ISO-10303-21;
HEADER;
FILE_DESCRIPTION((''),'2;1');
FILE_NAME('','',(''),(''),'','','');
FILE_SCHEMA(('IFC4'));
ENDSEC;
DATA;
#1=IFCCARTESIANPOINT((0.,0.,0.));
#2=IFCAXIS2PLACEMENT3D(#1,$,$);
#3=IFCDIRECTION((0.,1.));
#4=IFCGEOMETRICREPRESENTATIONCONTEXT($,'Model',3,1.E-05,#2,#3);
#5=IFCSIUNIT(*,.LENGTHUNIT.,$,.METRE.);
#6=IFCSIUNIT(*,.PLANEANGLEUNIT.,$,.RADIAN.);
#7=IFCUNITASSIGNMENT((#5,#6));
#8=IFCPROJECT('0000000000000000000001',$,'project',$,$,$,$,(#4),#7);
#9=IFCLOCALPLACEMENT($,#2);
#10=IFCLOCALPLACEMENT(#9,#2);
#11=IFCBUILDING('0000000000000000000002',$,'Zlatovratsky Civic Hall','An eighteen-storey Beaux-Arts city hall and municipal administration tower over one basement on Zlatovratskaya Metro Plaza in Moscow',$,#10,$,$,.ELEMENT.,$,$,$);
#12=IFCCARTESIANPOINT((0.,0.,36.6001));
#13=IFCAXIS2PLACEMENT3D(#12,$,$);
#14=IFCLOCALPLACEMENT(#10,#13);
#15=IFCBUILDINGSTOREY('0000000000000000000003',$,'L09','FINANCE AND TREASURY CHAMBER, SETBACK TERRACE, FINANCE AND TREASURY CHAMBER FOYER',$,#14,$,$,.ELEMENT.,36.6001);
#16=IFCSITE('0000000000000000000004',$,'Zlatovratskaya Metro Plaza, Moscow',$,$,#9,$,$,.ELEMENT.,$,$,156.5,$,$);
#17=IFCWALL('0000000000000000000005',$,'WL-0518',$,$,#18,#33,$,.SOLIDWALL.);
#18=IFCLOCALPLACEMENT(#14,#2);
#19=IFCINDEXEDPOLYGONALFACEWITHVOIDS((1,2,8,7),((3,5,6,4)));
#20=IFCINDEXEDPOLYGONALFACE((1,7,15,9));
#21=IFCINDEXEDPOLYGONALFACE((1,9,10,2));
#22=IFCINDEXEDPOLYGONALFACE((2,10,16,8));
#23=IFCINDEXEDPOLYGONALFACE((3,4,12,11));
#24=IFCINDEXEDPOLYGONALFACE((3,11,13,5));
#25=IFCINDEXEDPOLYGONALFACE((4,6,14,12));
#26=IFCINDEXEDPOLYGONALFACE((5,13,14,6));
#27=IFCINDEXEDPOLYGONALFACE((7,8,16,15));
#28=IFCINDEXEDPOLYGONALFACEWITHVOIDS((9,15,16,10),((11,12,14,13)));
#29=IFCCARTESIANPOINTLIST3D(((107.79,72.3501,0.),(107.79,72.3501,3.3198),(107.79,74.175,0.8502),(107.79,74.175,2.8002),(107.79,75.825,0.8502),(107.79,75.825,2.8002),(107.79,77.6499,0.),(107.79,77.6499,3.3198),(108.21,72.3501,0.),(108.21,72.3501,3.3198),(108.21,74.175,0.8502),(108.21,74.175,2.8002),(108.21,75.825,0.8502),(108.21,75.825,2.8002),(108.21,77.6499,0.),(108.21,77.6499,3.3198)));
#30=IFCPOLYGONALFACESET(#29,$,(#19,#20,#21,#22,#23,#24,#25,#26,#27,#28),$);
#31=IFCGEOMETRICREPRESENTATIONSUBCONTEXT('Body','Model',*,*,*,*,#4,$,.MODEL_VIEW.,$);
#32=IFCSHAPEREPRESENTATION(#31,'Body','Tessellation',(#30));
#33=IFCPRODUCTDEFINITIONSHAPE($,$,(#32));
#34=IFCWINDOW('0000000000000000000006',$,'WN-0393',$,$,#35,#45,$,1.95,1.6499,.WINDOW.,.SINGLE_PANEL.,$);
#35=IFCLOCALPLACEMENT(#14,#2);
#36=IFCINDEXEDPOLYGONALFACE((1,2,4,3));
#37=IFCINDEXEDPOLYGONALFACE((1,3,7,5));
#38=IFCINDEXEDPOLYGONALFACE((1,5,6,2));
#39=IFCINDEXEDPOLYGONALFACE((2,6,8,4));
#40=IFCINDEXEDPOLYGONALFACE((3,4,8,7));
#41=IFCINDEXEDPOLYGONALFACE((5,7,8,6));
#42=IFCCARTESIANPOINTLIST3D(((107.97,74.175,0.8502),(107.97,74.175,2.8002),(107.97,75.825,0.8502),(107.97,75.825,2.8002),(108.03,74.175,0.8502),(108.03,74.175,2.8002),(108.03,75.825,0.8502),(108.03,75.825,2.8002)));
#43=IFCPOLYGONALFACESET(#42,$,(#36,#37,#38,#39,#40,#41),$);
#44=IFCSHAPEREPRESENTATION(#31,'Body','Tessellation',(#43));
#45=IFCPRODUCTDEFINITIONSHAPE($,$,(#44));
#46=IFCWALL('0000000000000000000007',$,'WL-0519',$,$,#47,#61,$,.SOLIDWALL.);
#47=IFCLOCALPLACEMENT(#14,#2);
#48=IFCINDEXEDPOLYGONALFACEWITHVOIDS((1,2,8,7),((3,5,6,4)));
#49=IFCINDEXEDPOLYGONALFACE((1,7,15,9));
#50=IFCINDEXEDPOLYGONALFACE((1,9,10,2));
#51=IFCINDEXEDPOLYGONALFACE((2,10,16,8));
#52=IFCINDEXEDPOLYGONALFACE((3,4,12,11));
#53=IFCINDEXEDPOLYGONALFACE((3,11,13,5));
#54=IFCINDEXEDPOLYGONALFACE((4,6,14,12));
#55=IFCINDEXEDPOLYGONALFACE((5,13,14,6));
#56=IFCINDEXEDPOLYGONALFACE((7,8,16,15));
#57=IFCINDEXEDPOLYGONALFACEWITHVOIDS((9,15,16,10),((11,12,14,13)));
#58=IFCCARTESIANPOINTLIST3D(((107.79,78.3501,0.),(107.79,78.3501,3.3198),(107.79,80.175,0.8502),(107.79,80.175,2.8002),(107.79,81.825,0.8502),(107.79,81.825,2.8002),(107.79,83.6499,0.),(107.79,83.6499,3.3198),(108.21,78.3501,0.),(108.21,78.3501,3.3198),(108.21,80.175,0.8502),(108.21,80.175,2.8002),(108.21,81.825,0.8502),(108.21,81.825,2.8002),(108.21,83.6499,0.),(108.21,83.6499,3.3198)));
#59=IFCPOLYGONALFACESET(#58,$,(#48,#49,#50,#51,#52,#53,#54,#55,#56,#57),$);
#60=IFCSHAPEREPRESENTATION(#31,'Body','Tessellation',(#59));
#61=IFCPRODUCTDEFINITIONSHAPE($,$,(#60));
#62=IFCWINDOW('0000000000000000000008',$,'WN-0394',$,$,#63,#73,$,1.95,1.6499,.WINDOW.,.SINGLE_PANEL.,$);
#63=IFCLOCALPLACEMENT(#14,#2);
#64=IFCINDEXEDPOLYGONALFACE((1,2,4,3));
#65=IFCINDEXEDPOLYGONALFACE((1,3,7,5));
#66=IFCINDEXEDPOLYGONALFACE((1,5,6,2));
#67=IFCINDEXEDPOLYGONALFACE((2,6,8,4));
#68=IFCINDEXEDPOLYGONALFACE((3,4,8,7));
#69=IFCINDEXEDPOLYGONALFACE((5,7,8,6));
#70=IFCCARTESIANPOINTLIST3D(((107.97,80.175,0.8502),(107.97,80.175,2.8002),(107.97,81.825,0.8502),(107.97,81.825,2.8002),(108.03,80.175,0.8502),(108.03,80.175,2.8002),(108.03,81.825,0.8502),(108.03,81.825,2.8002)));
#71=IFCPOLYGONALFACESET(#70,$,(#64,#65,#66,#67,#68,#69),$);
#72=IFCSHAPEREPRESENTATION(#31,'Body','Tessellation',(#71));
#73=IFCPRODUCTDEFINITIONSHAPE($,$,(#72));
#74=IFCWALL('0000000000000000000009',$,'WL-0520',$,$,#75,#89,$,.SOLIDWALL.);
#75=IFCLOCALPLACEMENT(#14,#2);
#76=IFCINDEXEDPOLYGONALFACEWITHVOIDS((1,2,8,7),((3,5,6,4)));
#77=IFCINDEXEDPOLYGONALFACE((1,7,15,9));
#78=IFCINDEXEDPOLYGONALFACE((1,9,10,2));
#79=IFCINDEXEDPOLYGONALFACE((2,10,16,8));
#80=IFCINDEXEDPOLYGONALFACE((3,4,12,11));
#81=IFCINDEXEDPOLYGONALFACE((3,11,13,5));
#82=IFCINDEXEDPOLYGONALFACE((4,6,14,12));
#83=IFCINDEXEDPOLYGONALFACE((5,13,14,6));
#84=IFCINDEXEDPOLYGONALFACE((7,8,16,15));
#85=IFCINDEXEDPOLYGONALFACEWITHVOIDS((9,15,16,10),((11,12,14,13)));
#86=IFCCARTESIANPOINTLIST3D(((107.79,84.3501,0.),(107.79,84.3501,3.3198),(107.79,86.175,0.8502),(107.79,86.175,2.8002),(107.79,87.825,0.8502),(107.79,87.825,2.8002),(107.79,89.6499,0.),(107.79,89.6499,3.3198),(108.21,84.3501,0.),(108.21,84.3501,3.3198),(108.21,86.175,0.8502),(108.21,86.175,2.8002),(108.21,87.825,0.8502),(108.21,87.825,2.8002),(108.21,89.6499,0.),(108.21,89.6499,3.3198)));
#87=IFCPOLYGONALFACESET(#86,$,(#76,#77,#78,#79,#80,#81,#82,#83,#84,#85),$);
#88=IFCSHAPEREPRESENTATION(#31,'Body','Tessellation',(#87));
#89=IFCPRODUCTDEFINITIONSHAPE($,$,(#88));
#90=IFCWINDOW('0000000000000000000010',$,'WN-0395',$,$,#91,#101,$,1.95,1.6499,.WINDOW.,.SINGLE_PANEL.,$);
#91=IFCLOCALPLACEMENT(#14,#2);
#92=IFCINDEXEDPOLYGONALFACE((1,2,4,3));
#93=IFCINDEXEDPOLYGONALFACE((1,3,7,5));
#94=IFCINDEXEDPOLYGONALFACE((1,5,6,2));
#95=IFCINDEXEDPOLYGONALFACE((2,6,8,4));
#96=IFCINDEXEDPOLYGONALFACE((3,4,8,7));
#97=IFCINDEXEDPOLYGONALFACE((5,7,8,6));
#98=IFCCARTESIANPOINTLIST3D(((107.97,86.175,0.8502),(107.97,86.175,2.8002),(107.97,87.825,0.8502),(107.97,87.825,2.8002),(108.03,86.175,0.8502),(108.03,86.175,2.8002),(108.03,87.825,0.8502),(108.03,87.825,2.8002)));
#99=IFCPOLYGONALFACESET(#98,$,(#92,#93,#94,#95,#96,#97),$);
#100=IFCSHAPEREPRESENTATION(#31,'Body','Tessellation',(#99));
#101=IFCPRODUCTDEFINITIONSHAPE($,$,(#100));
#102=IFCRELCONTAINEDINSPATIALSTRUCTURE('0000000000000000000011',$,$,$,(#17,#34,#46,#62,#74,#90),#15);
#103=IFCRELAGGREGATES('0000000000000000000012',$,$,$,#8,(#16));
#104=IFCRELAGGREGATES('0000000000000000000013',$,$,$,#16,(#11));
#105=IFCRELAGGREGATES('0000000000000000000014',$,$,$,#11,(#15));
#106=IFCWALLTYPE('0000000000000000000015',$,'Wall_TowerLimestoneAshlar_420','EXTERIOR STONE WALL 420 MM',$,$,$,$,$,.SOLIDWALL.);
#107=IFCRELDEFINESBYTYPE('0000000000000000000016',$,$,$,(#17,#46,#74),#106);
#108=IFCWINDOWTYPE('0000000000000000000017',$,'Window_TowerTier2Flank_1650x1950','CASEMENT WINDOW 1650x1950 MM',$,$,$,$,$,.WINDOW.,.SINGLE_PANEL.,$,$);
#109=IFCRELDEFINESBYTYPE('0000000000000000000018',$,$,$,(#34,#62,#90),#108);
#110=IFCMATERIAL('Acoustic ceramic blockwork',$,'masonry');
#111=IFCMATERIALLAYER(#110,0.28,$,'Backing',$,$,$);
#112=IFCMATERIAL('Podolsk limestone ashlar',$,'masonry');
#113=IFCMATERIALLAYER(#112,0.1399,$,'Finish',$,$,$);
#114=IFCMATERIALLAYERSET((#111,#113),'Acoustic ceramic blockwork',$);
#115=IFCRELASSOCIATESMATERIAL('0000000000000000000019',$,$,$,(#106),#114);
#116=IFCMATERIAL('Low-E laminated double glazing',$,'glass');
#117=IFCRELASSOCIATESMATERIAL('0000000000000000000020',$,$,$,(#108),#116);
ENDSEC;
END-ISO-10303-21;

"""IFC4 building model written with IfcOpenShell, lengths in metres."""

from ifc_helpers import new_model, si_unit, direction, frame, frame_2d, origin, place, context, subcontext, project, spatial, rectangle, extrude, material, layer, layer_set, type_object, element, fill, save


model = new_model("IFC4")

# Units and contexts
model_context = context("Model", 3, precision=1e-05, world=origin(), true_north=direction((0.0, 1.0)))
body_context = subcontext(model_context, "Body", "Model", "MODEL_VIEW")
ifc_project = project(units=[si_unit("LENGTHUNIT", "METRE"), si_unit("PLANEANGLEUNIT", "RADIAN")], contexts=[model_context])

# Site, building, storey
site_placement = place(None, origin())
site = spatial("IfcSite", under=ifc_project, at=site_placement, Name="Zlatovratskaya Metro Plaza, Moscow", CompositionType="ELEMENT", RefElevation=156.5)
building_placement = place(site_placement, origin())
building = spatial("IfcBuilding", under=site, at=building_placement, Name="Zlatovratsky Civic Hall", Description="An eighteen-storey Beaux-Arts city hall and municipal administration tower over one basement on Zlatovratskaya Metro Plaza in Moscow", CompositionType="ELEMENT")
storey_placement = place(building_placement, frame((0.0, 0.0, 36.6001)))
storey = spatial("IfcBuildingStorey", under=building, at=storey_placement, Name="L09", Description="FINANCE AND TREASURY CHAMBER, SETBACK TERRACE, FINANCE AND TREASURY CHAMBER FOYER", CompositionType="ELEMENT", Elevation=36.6001)

# Walls, openings, windows
ifc_material_1 = material(Name="Acoustic ceramic blockwork", Category="masonry")
ifc_layer_1 = layer(ifc_material_1, 0.28, Name="Backing")
ifc_material_2 = material(Name="Podolsk limestone ashlar", Category="masonry")
ifc_layer_2 = layer(ifc_material_2, 0.1399, Name="Finish")
ifc_layer_set_1 = layer_set([ifc_layer_1, ifc_layer_2], Name="Acoustic ceramic blockwork")
wall_type_1 = type_object("IfcWallType", Name="Wall_TowerLimestoneAshlar_420", Description="EXTERIOR STONE WALL 420 MM", PredefinedType="SOLIDWALL", material=ifc_layer_set_1)
ifc_material_3 = material(Name="Low-E laminated double glazing", Category="glass")
wall_1_placement = place(storey_placement, frame((108.0, 72.3501, 0.0), z_axis=(0.0, 0.0, 1.0), x_axis=(0.0, 1.0, 0.0)))
wall_1 = element("IfcWall", 1, at=wall_1_placement, inside=storey, type_object=wall_type_1, Name="WL-0518", PredefinedType="SOLIDWALL", context=body_context, shape_type="SweptSolid", body=[
    extrude(rectangle(XDim=5.2998, YDim=0.4199, at=frame_2d((2.6499, 0.0))), origin(), (0.0, 0.0, 1.0), 3.3198),
])
opening_1_placement = place(wall_1_placement, frame((1.825, 0.0, 0.8501)))
opening_1 = element("IfcOpeningElement", 2, at=opening_1_placement, cuts=wall_1, PredefinedType="OPENING", context=body_context, shape_type="SweptSolid", body=[
    extrude(rectangle(XDim=1.6499, YDim=1.95, at=frame_2d((0.825, 0.9751))), frame((0.0, 0.2249, 0.0), z_axis=(0.0, -1.0, 0.0), x_axis=(1.0, 0.0, 0.0)), (0.0, 0.0, 1.0), 0.4497),
])
window_type_1 = type_object("IfcWindowType", Name="Window_TowerTier2Flank_1650x1950", Description="CASEMENT WINDOW 1650x1950 MM", PartitioningType="SINGLE_PANEL", PredefinedType="WINDOW", material=ifc_material_3)
window_1_placement = place(opening_1_placement, origin())
window_1 = element("IfcWindow", 3, at=window_1_placement, inside=storey, type_object=window_type_1, Name="WN-0393", OverallHeight=1.95, OverallWidth=1.6499, PartitioningType="SINGLE_PANEL", PredefinedType="WINDOW", context=body_context, shape_type="SweptSolid", body=[
    extrude(rectangle(XDim=1.6499, YDim=1.95, at=frame_2d((0.825, 0.9751))), frame((0.0, 0.03, 0.0), z_axis=(0.0, -1.0, 0.0), x_axis=(1.0, 0.0, 0.0)), (0.0, 0.0, 1.0), 0.0601),
])
fill(opening_1, window_1)
wall_2_placement = place(storey_placement, frame((108.0, 78.3501, 0.0), z_axis=(0.0, 0.0, 1.0), x_axis=(0.0, 1.0, 0.0)))
wall_2 = element("IfcWall", 4, at=wall_2_placement, inside=storey, type_object=wall_type_1, Name="WL-0519", PredefinedType="SOLIDWALL", context=body_context, shape_type="SweptSolid", body=[
    extrude(rectangle(XDim=5.2998, YDim=0.4199, at=frame_2d((2.6499, 0.0))), origin(), (0.0, 0.0, 1.0), 3.3198),
])
opening_2_placement = place(wall_2_placement, frame((1.825, 0.0, 0.8501)))
opening_2 = element("IfcOpeningElement", 5, at=opening_2_placement, cuts=wall_2, PredefinedType="OPENING", context=body_context, shape_type="SweptSolid", body=[
    extrude(rectangle(XDim=1.6499, YDim=1.95, at=frame_2d((0.825, 0.9751))), frame((0.0, 0.2249, 0.0), z_axis=(0.0, -1.0, 0.0), x_axis=(1.0, 0.0, 0.0)), (0.0, 0.0, 1.0), 0.4497),
])
window_2_placement = place(opening_2_placement, origin())
window_2 = element("IfcWindow", 6, at=window_2_placement, inside=storey, type_object=window_type_1, Name="WN-0394", OverallHeight=1.95, OverallWidth=1.6499, PartitioningType="SINGLE_PANEL", PredefinedType="WINDOW", context=body_context, shape_type="SweptSolid", body=[
    extrude(rectangle(XDim=1.6499, YDim=1.95, at=frame_2d((0.825, 0.9751))), frame((0.0, 0.03, 0.0), z_axis=(0.0, -1.0, 0.0), x_axis=(1.0, 0.0, 0.0)), (0.0, 0.0, 1.0), 0.0601),
])
fill(opening_2, window_2)
wall_3_placement = place(storey_placement, frame((108.0, 84.3501, 0.0), z_axis=(0.0, 0.0, 1.0), x_axis=(0.0, 1.0, 0.0)))
wall_3 = element("IfcWall", 7, at=wall_3_placement, inside=storey, type_object=wall_type_1, Name="WL-0520", PredefinedType="SOLIDWALL", context=body_context, shape_type="SweptSolid", body=[
    extrude(rectangle(XDim=5.2998, YDim=0.4199, at=frame_2d((2.6499, 0.0))), origin(), (0.0, 0.0, 1.0), 3.3198),
])
opening_3_placement = place(wall_3_placement, frame((1.825, 0.0, 0.8501)))
opening_3 = element("IfcOpeningElement", 8, at=opening_3_placement, cuts=wall_3, PredefinedType="OPENING", context=body_context, shape_type="SweptSolid", body=[
    extrude(rectangle(XDim=1.6499, YDim=1.95, at=frame_2d((0.825, 0.9751))), frame((0.0, 0.2249, 0.0), z_axis=(0.0, -1.0, 0.0), x_axis=(1.0, 0.0, 0.0)), (0.0, 0.0, 1.0), 0.4497),
])
window_3_placement = place(opening_3_placement, origin())
window_3 = element("IfcWindow", 9, at=window_3_placement, inside=storey, type_object=window_type_1, Name="WN-0395", OverallHeight=1.95, OverallWidth=1.6499, PartitioningType="SINGLE_PANEL", PredefinedType="WINDOW", context=body_context, shape_type="SweptSolid", body=[
    extrude(rectangle(XDim=1.6499, YDim=1.95, at=frame_2d((0.825, 0.9751))), frame((0.0, 0.03, 0.0), z_axis=(0.0, -1.0, 0.0), x_axis=(1.0, 0.0, 0.0)), (0.0, 0.0, 1.0), 0.0601),
])
fill(opening_3, window_3)

save(model, "model.ifc")
